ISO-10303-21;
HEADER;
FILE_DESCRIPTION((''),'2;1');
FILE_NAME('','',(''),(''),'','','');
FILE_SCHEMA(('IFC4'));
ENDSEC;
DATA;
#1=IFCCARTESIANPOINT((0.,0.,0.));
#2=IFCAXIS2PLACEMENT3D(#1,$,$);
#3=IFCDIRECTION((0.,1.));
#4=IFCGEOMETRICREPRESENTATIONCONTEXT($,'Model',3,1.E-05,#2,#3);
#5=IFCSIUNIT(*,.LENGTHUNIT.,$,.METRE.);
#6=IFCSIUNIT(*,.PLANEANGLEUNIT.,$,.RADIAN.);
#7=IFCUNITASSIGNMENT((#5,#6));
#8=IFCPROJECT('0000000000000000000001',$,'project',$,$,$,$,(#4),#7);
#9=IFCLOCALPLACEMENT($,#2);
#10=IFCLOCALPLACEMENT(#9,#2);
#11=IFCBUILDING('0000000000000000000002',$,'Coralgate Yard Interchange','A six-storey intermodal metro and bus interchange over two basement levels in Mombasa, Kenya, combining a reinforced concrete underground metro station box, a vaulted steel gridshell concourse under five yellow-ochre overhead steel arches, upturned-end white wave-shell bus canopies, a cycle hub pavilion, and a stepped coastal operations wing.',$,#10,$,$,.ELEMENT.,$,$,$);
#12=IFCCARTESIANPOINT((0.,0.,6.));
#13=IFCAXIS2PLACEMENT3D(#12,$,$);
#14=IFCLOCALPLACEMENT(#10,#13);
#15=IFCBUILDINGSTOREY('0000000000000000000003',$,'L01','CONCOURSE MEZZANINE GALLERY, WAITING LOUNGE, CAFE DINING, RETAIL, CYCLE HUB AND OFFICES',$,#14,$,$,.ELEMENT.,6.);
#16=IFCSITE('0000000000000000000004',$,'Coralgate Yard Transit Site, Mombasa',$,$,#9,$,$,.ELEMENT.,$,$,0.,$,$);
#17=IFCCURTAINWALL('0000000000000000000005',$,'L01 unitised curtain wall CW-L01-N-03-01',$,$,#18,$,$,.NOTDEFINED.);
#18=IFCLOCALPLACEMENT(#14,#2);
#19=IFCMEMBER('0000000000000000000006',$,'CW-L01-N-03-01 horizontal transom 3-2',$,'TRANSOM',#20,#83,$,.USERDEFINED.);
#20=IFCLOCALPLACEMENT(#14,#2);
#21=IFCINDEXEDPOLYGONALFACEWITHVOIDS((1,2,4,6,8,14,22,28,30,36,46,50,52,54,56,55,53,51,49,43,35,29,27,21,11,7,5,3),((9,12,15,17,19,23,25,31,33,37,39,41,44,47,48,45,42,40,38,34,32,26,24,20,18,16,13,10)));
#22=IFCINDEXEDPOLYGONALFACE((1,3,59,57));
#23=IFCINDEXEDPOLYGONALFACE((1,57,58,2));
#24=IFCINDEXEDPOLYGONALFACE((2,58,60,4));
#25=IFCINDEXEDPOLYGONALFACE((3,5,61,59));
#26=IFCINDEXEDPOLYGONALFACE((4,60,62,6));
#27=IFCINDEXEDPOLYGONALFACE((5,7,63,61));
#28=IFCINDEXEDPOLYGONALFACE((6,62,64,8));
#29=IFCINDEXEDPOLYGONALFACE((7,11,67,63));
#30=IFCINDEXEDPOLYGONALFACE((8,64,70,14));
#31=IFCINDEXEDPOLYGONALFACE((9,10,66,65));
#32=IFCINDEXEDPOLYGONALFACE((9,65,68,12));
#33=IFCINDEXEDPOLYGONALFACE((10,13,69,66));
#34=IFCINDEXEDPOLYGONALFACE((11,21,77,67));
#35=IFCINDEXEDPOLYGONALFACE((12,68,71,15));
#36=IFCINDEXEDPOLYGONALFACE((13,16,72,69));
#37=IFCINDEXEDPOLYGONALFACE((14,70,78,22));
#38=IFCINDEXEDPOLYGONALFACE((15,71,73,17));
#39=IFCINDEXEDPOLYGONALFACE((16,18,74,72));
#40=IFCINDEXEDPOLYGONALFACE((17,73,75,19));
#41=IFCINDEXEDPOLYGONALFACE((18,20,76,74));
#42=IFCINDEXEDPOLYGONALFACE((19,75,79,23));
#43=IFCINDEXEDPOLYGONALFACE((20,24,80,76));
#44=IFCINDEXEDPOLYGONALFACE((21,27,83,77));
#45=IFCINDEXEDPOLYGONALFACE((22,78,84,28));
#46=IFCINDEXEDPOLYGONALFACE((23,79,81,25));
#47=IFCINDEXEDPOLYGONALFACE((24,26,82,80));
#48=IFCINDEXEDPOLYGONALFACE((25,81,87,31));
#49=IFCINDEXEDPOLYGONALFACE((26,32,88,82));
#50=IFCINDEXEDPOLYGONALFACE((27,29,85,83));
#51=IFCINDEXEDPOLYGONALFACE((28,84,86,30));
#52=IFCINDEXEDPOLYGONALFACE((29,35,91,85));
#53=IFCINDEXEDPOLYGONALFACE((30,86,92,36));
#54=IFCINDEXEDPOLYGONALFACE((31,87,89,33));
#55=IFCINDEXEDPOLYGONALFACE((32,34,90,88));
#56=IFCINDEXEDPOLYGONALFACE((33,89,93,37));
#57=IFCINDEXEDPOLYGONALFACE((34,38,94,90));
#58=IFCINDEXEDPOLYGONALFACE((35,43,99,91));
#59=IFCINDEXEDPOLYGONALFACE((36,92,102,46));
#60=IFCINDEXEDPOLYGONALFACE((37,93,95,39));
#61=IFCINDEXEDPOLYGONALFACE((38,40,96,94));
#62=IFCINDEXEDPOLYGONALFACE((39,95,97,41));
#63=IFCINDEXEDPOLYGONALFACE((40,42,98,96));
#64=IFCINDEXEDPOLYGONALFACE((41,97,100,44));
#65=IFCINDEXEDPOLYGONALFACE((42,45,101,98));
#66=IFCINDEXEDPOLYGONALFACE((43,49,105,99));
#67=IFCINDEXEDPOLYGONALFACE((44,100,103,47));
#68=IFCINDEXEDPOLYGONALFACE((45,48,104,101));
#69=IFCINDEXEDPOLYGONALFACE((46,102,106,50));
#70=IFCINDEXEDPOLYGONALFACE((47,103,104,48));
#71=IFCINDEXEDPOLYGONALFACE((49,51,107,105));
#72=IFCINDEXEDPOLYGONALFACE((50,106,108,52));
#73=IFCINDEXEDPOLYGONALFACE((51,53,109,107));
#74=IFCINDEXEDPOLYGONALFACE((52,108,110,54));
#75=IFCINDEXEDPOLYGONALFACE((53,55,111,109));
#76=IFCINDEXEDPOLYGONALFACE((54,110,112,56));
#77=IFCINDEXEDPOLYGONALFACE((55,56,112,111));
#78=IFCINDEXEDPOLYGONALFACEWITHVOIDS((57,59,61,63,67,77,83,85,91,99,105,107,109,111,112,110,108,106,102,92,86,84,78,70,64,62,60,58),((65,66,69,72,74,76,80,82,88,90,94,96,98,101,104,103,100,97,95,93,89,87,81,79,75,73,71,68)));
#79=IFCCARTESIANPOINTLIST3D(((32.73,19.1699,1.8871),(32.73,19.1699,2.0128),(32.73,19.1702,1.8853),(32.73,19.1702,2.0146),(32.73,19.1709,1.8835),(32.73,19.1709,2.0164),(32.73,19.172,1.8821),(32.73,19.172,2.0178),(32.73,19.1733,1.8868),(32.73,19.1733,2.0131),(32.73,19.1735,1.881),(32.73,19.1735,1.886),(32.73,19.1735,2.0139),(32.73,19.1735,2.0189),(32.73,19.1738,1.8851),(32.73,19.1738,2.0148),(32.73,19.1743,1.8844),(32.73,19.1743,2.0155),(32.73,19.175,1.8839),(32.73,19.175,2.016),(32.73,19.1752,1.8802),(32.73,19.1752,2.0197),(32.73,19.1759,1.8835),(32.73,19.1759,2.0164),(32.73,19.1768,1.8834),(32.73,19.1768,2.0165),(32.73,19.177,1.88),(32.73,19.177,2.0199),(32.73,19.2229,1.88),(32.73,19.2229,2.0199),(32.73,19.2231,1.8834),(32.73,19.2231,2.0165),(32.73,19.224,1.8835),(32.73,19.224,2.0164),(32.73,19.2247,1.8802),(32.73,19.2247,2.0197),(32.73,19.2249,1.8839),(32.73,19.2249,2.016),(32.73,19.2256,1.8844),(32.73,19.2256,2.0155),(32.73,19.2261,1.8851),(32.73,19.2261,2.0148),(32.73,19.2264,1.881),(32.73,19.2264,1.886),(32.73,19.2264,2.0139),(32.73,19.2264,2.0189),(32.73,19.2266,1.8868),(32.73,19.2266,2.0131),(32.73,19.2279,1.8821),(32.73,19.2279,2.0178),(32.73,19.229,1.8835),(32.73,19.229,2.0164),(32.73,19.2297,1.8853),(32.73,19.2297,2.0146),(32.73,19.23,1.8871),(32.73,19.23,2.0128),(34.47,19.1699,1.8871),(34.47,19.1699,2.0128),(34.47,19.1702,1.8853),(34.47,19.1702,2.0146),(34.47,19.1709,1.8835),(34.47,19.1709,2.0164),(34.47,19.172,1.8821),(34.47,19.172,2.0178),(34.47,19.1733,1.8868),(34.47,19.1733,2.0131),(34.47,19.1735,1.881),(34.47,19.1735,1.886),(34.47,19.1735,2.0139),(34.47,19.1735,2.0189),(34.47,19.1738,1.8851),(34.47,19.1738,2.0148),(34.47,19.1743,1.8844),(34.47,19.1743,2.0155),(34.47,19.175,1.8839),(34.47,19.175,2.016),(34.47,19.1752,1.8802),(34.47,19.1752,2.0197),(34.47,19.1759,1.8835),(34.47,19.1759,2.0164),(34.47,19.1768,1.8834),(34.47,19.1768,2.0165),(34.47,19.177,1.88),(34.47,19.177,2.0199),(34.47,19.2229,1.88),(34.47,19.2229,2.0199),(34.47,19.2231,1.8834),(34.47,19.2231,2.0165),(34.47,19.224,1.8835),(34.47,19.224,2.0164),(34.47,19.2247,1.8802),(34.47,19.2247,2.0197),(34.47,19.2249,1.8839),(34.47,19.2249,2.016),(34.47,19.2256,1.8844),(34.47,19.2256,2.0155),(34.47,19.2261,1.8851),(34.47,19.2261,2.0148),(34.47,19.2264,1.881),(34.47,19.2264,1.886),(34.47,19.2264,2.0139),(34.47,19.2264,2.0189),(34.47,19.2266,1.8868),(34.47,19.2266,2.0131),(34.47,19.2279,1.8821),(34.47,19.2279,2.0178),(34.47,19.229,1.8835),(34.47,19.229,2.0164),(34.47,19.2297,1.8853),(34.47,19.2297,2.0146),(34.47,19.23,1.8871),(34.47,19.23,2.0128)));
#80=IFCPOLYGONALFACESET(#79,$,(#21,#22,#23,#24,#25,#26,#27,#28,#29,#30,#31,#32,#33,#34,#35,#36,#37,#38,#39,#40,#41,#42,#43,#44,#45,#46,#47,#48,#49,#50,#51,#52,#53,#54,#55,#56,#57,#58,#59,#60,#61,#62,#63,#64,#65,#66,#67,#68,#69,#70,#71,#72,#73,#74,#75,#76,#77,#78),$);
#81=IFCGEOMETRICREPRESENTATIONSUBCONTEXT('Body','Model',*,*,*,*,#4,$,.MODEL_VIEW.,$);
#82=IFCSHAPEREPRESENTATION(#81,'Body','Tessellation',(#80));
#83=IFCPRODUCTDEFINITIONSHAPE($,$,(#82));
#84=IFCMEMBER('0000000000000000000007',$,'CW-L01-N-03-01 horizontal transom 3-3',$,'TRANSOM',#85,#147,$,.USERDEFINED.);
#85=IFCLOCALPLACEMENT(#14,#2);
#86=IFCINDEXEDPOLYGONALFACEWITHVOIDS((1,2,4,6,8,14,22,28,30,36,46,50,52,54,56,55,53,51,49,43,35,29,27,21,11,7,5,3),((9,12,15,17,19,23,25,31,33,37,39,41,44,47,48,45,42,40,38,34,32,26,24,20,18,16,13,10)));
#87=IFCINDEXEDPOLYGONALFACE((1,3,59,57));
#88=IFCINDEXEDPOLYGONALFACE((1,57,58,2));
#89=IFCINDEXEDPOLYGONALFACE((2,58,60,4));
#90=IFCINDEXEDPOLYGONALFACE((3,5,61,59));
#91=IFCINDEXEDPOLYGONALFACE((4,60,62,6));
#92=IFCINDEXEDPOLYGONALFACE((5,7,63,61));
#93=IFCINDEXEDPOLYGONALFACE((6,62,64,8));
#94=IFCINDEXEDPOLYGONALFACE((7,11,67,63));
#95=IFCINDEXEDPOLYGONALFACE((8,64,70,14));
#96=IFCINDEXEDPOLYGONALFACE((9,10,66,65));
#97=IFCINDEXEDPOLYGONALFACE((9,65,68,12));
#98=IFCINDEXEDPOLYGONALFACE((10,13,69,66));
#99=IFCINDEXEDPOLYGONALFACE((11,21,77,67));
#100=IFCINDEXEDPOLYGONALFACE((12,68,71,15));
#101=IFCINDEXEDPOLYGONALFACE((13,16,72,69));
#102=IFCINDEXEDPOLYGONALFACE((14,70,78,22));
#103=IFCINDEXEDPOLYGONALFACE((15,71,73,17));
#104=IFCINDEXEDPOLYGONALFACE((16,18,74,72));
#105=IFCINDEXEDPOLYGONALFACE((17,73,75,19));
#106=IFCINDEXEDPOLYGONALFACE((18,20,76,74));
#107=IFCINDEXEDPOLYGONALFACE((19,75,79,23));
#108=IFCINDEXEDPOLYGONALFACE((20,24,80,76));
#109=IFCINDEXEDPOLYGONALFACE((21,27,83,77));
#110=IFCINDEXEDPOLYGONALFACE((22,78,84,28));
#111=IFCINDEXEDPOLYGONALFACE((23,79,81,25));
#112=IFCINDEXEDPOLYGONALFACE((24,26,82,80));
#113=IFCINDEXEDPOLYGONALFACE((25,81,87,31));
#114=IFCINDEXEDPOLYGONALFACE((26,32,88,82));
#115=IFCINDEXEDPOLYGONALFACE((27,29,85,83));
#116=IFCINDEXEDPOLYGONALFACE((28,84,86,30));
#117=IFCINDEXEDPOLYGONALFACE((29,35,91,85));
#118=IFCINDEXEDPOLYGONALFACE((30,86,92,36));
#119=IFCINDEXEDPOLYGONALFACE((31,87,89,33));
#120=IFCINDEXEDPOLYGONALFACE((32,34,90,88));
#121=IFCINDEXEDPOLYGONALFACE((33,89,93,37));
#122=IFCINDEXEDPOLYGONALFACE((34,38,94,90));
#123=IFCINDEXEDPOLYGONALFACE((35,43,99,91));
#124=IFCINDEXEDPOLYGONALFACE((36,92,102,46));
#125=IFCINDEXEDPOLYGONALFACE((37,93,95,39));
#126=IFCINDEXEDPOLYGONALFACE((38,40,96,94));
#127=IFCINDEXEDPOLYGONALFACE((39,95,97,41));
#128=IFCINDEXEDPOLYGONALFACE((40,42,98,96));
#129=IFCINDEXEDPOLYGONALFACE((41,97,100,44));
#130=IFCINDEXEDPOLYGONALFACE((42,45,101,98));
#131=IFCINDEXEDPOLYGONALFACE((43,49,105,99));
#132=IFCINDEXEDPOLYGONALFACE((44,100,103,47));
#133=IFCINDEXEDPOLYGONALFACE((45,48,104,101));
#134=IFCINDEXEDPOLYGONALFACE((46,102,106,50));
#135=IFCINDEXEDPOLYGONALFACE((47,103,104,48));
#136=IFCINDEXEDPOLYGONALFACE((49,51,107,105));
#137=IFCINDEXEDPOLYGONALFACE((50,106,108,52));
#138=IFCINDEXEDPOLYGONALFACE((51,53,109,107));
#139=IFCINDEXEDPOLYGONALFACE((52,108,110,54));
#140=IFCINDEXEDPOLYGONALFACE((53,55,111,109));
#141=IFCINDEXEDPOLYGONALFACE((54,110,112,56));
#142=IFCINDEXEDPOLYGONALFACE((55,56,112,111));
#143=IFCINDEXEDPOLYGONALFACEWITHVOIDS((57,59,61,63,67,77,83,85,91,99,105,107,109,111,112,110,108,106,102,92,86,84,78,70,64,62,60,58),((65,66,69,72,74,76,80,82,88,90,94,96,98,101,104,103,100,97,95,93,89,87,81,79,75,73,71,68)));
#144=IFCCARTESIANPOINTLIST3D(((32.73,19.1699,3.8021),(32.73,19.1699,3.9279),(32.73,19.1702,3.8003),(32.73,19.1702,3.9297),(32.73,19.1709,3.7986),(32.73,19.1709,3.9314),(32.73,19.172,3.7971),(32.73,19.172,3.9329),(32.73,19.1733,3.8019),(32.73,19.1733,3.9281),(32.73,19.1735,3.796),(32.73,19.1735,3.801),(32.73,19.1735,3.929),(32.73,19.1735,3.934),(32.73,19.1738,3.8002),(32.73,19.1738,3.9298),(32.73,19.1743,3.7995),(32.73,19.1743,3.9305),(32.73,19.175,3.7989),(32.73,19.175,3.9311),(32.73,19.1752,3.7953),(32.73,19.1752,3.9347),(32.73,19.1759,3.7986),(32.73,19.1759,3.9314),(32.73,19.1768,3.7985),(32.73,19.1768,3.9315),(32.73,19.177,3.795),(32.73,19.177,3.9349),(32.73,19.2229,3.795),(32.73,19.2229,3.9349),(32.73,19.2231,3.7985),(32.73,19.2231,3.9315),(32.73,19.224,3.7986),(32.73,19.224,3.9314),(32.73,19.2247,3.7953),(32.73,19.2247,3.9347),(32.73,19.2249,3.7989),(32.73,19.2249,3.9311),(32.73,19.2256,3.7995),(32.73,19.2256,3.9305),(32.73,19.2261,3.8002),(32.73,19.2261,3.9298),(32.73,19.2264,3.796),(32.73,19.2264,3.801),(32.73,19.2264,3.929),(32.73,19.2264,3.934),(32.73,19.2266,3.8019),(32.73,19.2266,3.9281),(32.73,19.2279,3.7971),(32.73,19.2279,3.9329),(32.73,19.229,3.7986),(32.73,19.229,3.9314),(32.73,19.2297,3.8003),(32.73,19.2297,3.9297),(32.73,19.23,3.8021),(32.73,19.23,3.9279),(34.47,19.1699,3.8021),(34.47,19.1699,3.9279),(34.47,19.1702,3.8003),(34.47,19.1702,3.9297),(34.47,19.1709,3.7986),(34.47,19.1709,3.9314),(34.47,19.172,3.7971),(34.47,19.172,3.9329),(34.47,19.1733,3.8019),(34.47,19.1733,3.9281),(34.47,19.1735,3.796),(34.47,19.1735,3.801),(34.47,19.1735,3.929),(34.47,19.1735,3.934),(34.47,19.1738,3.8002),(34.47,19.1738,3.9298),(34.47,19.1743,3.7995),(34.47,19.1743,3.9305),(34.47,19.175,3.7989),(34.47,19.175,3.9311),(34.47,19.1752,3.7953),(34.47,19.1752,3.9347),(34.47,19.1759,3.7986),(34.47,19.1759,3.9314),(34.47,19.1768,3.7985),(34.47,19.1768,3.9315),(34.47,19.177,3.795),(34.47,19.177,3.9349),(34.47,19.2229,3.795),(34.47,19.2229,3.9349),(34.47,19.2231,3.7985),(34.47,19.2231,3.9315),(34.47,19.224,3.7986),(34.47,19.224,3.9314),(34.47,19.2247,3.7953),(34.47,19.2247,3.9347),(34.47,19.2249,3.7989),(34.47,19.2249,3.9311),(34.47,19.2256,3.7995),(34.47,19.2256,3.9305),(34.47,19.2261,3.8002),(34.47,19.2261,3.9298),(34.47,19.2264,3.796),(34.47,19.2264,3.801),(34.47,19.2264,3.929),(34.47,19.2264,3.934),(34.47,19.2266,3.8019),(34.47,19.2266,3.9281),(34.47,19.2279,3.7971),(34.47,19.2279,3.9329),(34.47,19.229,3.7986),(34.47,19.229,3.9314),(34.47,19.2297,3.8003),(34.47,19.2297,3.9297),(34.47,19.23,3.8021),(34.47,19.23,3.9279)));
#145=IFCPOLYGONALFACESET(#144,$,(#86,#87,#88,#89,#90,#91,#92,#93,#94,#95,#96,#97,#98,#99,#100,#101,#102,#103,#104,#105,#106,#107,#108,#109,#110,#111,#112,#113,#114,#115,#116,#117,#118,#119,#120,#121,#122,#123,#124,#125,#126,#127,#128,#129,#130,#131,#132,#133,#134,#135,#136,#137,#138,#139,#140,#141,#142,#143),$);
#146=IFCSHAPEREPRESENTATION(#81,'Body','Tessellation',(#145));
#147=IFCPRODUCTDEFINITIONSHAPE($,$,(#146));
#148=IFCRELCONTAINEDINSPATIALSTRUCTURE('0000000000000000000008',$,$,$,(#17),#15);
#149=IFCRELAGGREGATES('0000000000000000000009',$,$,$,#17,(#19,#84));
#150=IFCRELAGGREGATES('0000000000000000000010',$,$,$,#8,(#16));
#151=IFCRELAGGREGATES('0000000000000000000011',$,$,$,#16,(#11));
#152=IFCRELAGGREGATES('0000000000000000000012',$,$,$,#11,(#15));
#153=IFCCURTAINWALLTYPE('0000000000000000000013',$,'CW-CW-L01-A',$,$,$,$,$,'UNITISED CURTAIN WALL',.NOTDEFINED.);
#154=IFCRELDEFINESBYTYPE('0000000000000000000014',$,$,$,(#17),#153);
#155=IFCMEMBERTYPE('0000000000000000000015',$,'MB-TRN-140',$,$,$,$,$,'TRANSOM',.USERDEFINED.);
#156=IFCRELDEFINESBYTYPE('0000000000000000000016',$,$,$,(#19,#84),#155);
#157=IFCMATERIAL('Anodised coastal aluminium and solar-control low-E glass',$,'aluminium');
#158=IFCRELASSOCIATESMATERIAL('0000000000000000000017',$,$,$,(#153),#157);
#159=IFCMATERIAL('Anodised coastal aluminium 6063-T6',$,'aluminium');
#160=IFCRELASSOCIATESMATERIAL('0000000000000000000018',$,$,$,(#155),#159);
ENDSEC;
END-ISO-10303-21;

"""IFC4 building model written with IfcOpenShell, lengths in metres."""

from ifc_helpers import new_model, si_unit, direction, frame, origin, origin_2d, place, context, subcontext, project, spatial, hollow_rectangle, extrude, material, material_profile, profile_set, type_object, element, aggregate, save


model = new_model("IFC4")

# Units and contexts
model_context = context("Model", 3, precision=1e-05, world=origin(), true_north=direction((0.0, 1.0)))
body_context = subcontext(model_context, "Body", "Model", "MODEL_VIEW")
ifc_project = project(units=[si_unit("LENGTHUNIT", "METRE"), si_unit("PLANEANGLEUNIT", "RADIAN")], contexts=[model_context])

# Site, building, storey
site_placement = place(None, origin())
site = spatial("IfcSite", under=ifc_project, at=site_placement, Name="Coralgate Yard Transit Site, Mombasa", CompositionType="ELEMENT", RefElevation=0.0)
building_placement = place(site_placement, origin())
building = spatial("IfcBuilding", under=site, at=building_placement, Name="Coralgate Yard Interchange", Description="A six-storey intermodal metro and bus interchange over two basement levels in Mombasa, Kenya, combining a reinforced concrete underground metro station box, a vaulted steel gridshell concourse under five yellow-ochre overhead steel arches, upturned-end white wave-shell bus canopies, a cycle hub pavilion, and a stepped coastal operations wing.", CompositionType="ELEMENT")
storey_placement = place(building_placement, frame((0.0, 0.0, 6.0)))
storey = spatial("IfcBuildingStorey", under=building, at=storey_placement, Name="L01", Description="CONCOURSE MEZZANINE GALLERY, WAITING LOUNGE, CAFE DINING, RETAIL, CYCLE HUB AND OFFICES", CompositionType="ELEMENT", Elevation=6.0)

# Curtain wall
ifc_material_1 = material(Name="Anodised coastal aluminium and solar-control low-E glass", Category="aluminium")
curtain_wall_type = type_object("IfcCurtainWallType", Name="CW-CW-L01-A", ElementType="UNITISED CURTAIN WALL", PredefinedType="NOTDEFINED", material=ifc_material_1)
curtain_wall_1_placement = place(storey_placement, origin())
curtain_wall_1 = element("IfcCurtainWall", 1, at=curtain_wall_1_placement, inside=storey, type_object=curtain_wall_type, Name="L01 unitised curtain wall CW-L01-N-03-01", PredefinedType="NOTDEFINED")
ifc_material_2 = material(Name="Anodised coastal aluminium 6063-T6", Category="aluminium")

# Members
ifc_material_profile_1 = material_profile(ifc_material_2, hollow_rectangle(XDim=0.0601, YDim=0.1399, WallThickness=0.0034, InnerFilletRadius=0.0034, OuterFilletRadius=0.0071, at=origin_2d()), Name="ALU 60x140x3.5")
ifc_profile_set_1 = profile_set([ifc_material_profile_1], Name="Anodised coastal aluminium 6063-T6")
member_type_1 = type_object("IfcMemberType", Name="MB-TRN-140", ElementType="TRANSOM", PredefinedType="USERDEFINED", material=ifc_profile_set_1)
member_1_placement = place(storey_placement, frame((32.73, 19.2, 1.95), z_axis=(1.0, 0.0, 0.0), x_axis=(0.0, 1.0, 0.0)))
member_1 = element("IfcMember", 2, at=member_1_placement, type_object=member_type_1, Name="CW-L01-N-03-01 horizontal transom 3-2", ObjectType="TRANSOM", PredefinedType="USERDEFINED", context=body_context, shape_type="SweptSolid", body=[
    extrude(hollow_rectangle(XDim=0.0601, YDim=0.1399, WallThickness=0.0034, InnerFilletRadius=0.0034, OuterFilletRadius=0.0071, at=origin_2d()), origin(), (0.0, 0.0, 1.0), 1.74),
])
member_2_placement = place(storey_placement, frame((32.73, 19.2, 3.865), z_axis=(1.0, 0.0, 0.0), x_axis=(0.0, 1.0, 0.0)))
member_2 = element("IfcMember", 3, at=member_2_placement, type_object=member_type_1, Name="CW-L01-N-03-01 horizontal transom 3-3", ObjectType="TRANSOM", PredefinedType="USERDEFINED", context=body_context, shape_type="SweptSolid", body=[
    extrude(hollow_rectangle(XDim=0.0601, YDim=0.1399, WallThickness=0.0034, InnerFilletRadius=0.0034, OuterFilletRadius=0.0071, at=origin_2d()), origin(), (0.0, 0.0, 1.0), 1.74),
])

aggregate(curtain_wall_1, [member_1, member_2])

save(model, "model.ifc")
